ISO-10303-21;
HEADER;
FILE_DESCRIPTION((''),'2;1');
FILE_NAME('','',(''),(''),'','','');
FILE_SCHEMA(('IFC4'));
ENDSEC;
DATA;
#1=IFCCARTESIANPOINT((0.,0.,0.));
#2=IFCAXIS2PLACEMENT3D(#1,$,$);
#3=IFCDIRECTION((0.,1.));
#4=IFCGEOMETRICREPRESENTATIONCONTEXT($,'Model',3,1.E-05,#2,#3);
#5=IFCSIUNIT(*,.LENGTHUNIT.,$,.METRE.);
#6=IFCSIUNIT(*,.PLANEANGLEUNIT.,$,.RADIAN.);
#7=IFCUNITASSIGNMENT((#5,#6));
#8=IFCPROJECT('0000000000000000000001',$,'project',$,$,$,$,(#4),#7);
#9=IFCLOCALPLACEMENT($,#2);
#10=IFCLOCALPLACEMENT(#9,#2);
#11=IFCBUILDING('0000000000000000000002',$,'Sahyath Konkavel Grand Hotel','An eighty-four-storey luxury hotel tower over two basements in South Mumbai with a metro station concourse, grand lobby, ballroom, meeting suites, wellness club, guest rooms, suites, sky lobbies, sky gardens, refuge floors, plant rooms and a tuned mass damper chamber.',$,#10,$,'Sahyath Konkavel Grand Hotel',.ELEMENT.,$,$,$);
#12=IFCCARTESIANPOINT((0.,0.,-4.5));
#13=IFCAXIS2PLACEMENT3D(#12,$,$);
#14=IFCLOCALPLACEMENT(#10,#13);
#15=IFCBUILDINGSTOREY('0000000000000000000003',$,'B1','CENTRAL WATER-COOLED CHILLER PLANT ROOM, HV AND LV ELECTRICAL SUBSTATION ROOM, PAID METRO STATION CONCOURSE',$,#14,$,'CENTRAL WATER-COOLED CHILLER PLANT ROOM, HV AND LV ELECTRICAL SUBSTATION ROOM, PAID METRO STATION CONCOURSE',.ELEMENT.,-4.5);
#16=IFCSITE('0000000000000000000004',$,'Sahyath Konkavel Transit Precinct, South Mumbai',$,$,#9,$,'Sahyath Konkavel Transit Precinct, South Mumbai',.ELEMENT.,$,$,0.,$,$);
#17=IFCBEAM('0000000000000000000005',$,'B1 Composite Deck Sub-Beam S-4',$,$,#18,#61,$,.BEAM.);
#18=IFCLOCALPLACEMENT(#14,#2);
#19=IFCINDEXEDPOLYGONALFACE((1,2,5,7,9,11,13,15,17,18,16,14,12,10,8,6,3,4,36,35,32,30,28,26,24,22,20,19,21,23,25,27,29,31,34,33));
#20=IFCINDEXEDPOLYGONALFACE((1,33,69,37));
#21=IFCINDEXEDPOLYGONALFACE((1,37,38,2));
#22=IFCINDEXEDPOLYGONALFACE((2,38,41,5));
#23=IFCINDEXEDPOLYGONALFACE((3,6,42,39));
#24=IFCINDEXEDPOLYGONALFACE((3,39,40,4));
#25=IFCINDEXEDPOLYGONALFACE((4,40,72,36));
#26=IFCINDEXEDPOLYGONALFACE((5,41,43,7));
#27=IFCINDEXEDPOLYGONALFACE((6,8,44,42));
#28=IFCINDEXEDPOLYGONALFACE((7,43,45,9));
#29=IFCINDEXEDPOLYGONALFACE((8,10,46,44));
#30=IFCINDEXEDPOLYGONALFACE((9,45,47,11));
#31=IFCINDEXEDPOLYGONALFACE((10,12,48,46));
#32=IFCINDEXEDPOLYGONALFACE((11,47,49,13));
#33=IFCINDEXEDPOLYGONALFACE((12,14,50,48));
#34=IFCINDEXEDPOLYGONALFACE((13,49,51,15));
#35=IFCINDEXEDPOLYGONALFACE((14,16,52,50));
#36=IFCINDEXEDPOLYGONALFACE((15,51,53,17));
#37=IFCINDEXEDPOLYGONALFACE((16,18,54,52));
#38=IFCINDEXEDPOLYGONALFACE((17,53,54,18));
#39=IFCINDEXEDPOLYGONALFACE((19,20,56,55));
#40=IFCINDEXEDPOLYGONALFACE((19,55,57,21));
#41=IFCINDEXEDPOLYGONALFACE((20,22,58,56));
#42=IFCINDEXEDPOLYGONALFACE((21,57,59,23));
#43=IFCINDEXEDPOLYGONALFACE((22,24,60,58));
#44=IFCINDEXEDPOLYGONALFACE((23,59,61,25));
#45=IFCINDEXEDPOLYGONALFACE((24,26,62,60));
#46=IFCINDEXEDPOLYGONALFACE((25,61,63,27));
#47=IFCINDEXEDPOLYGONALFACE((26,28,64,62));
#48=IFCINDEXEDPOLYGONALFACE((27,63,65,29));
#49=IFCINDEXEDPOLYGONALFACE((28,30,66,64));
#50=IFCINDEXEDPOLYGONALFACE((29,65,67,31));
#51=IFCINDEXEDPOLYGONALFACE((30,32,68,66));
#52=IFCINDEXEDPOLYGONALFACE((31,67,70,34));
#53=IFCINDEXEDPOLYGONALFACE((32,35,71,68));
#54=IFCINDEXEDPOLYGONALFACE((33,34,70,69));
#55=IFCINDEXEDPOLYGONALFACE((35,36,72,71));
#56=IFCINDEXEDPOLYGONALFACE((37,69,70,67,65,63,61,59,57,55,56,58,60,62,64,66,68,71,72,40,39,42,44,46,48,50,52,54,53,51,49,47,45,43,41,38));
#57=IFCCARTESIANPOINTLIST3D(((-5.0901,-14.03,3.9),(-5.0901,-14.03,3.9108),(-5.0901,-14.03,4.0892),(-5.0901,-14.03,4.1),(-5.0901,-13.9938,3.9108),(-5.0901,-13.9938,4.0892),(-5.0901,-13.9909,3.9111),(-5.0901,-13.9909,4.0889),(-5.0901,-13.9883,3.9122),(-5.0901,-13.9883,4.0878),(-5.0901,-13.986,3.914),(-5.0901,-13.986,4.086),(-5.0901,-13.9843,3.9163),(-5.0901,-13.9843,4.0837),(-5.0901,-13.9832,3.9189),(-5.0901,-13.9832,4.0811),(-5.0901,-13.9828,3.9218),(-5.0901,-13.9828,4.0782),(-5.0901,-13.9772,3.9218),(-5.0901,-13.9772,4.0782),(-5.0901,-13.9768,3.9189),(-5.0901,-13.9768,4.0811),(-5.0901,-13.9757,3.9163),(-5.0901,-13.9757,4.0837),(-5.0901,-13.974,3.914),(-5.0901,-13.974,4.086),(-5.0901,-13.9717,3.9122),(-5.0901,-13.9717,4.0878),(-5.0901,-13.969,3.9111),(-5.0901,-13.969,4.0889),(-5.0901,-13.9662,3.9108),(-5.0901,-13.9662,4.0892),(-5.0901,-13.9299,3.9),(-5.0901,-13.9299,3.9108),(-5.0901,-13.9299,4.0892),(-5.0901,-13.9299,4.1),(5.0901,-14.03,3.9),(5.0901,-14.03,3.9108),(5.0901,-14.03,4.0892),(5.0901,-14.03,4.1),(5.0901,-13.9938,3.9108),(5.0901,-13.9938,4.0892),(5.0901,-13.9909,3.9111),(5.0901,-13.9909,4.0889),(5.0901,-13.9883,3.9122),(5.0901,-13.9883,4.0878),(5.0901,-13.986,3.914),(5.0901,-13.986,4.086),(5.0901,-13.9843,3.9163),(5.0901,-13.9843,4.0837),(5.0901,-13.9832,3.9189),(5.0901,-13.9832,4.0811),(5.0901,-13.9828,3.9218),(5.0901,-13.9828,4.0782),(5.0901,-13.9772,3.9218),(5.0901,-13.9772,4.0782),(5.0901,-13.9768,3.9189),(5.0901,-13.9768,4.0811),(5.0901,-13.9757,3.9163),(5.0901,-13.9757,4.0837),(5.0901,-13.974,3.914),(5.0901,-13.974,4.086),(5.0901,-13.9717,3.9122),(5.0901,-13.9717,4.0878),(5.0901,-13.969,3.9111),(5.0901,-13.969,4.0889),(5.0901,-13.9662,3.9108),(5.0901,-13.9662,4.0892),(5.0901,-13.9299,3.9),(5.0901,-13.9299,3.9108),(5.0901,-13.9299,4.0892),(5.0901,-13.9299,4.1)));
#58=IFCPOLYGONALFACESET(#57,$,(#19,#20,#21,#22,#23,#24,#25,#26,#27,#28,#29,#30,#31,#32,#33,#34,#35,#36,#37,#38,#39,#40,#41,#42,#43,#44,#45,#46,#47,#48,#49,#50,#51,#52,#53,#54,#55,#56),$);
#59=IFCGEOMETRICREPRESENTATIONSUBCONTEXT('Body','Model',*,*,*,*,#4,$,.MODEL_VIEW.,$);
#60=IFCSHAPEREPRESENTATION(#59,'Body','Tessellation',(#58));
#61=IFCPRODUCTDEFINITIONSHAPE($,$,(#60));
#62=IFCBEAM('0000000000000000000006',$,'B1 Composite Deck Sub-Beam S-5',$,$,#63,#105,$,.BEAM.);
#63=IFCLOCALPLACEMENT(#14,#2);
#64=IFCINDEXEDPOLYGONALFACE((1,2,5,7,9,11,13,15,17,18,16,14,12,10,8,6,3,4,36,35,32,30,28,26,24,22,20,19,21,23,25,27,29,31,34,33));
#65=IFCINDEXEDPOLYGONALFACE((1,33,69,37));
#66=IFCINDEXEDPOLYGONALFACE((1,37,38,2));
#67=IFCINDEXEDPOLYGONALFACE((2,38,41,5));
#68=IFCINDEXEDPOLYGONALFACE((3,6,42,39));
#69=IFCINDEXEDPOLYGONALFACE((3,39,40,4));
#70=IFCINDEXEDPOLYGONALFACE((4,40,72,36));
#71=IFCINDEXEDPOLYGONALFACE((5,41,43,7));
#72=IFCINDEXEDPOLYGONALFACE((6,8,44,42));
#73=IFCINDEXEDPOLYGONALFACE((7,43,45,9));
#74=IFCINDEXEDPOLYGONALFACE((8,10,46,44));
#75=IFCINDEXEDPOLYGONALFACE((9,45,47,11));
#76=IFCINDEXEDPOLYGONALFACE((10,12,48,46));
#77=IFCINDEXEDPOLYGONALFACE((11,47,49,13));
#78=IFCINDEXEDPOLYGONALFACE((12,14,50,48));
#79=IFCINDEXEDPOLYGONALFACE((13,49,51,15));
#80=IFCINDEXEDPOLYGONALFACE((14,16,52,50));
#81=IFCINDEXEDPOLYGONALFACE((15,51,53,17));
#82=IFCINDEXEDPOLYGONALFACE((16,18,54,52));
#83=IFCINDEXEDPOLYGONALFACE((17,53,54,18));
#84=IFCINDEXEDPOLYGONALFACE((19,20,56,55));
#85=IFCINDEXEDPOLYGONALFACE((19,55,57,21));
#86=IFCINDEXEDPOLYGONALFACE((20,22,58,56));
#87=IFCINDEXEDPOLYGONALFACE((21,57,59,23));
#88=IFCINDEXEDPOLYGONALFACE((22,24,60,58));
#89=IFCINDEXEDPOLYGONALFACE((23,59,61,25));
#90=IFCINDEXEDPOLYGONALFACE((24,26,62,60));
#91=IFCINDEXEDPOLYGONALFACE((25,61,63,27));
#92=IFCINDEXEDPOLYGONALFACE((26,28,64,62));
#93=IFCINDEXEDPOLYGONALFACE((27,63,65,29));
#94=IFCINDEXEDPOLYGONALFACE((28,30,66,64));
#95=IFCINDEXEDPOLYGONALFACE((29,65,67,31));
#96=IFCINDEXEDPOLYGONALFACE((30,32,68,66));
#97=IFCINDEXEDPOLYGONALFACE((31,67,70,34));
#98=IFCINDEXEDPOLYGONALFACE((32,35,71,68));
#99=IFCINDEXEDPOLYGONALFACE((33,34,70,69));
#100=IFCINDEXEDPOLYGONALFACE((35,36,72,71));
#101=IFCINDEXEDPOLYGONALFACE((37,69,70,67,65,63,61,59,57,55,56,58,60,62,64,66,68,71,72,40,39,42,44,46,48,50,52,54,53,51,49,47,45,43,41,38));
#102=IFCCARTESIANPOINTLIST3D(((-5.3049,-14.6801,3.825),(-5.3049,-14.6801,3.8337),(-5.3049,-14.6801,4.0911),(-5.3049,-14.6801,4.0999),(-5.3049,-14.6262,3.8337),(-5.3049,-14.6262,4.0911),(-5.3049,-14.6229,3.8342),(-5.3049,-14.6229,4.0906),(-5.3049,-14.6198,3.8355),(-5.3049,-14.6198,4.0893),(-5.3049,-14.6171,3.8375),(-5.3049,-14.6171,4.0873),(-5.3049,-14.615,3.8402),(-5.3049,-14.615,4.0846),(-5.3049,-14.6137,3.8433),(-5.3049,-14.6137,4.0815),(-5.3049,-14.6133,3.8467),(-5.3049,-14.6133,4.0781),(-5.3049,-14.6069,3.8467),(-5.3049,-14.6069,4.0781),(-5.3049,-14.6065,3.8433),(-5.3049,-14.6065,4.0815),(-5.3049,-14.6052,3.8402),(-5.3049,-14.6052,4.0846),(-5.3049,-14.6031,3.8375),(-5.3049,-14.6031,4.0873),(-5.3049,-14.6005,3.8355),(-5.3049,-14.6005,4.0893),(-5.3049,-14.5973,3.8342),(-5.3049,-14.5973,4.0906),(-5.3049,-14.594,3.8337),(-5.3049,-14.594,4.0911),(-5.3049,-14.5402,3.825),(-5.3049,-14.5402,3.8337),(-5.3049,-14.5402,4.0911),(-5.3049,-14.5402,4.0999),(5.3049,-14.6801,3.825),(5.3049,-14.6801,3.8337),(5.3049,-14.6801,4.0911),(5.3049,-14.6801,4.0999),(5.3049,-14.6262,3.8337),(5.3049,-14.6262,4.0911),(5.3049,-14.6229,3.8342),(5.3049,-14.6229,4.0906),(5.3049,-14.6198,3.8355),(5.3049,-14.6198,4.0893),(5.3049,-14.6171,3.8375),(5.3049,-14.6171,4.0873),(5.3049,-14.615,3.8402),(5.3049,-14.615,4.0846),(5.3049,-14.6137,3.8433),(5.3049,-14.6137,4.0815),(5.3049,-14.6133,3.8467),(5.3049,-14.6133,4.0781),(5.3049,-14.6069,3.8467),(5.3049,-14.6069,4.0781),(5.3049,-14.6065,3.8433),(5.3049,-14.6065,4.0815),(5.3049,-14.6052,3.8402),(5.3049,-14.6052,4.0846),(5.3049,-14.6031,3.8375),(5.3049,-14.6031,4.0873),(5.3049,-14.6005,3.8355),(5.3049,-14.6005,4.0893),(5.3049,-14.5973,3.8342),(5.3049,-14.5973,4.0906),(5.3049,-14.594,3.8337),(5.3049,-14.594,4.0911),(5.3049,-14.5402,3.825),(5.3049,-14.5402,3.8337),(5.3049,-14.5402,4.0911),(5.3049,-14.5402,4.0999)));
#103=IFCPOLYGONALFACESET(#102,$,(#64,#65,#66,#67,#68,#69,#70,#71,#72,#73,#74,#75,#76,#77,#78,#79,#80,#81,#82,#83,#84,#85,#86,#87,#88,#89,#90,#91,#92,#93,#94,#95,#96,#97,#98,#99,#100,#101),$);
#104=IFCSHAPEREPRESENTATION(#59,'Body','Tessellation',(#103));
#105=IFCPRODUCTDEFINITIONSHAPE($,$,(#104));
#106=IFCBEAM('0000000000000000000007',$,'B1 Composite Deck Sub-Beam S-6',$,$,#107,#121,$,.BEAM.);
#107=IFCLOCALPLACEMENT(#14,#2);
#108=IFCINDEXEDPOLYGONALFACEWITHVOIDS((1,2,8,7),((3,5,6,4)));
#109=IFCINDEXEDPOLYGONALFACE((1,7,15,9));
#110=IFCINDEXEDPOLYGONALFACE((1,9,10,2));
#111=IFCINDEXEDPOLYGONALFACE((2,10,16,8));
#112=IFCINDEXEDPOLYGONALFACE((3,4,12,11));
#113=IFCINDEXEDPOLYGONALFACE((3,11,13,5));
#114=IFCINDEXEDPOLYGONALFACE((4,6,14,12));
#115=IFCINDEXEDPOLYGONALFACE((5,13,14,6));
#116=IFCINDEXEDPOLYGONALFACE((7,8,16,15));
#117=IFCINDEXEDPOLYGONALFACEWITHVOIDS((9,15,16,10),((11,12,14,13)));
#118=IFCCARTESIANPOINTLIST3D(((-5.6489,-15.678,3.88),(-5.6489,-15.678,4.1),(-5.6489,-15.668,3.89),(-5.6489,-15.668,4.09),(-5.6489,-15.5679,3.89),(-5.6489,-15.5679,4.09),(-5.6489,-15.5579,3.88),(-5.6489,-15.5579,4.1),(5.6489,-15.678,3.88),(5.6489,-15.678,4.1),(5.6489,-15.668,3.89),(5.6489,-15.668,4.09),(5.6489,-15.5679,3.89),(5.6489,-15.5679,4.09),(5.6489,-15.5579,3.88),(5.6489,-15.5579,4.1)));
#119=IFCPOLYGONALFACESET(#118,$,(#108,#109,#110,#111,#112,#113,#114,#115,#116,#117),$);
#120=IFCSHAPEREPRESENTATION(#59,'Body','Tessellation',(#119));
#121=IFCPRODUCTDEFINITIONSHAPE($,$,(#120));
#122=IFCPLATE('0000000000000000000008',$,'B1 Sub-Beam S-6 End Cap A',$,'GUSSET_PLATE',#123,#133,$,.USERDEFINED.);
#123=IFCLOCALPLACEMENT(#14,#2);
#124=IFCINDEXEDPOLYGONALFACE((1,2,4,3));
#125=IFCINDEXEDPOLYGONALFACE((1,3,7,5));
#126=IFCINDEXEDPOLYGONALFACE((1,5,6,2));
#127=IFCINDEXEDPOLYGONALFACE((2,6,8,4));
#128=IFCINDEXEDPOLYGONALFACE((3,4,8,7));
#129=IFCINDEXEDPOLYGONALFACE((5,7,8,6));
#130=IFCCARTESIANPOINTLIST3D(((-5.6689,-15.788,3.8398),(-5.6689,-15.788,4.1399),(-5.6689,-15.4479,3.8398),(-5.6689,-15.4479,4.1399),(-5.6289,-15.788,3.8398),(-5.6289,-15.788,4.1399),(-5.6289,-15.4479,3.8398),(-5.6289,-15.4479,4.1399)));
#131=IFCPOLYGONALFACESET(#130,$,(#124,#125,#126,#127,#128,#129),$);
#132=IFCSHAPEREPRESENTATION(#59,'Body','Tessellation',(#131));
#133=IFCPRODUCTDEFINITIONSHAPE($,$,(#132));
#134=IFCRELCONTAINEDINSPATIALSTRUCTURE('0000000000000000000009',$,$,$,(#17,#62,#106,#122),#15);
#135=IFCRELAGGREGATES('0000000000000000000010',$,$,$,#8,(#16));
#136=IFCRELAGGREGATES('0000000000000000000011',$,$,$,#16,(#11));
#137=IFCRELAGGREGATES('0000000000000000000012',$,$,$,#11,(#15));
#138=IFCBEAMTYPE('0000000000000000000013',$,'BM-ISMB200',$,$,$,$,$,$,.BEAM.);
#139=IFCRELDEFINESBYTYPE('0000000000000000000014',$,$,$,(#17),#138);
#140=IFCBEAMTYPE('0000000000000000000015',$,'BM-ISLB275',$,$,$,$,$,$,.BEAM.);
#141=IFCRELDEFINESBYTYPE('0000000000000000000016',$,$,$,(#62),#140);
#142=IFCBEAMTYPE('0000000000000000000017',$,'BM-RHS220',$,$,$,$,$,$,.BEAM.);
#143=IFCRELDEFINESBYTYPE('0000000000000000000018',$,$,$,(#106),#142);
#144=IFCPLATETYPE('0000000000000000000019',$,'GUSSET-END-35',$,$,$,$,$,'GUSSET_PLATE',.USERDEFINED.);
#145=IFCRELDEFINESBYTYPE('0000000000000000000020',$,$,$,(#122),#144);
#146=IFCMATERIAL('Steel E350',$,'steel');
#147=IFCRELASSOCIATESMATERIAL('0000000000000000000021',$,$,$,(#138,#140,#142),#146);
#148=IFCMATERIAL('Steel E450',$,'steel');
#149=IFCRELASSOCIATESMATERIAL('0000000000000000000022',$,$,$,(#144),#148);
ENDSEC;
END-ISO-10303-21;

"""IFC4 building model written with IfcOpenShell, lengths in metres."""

from ifc_helpers import new_model, si_unit, direction, frame, origin, origin_2d, place, context, subcontext, project, spatial, rectangle, hollow_rectangle, i_section, extrude, source, transform, mapped, material, material_profile, profile_set, type_object, element, save


model = new_model("IFC4")

# Units and contexts
model_context = context("Model", 3, precision=1e-05, world=origin(), true_north=direction((0.0, 1.0)))
body_context = subcontext(model_context, "Body", "Model", "MODEL_VIEW")
ifc_project = project(units=[si_unit("LENGTHUNIT", "METRE"), si_unit("PLANEANGLEUNIT", "RADIAN")], contexts=[model_context])

# Site, building, storey
site_placement = place(None, origin())
site = spatial("IfcSite", under=ifc_project, at=site_placement, Name="Sahyath Konkavel Transit Precinct, South Mumbai", LongName="Sahyath Konkavel Transit Precinct, South Mumbai", CompositionType="ELEMENT", RefElevation=0.0)
building_placement = place(site_placement, origin())
building = spatial("IfcBuilding", under=site, at=building_placement, Name="Sahyath Konkavel Grand Hotel", Description="An eighty-four-storey luxury hotel tower over two basements in South Mumbai with a metro station concourse, grand lobby, ballroom, meeting suites, wellness club, guest rooms, suites, sky lobbies, sky gardens, refuge floors, plant rooms and a tuned mass damper chamber.", LongName="Sahyath Konkavel Grand Hotel", CompositionType="ELEMENT")
storey_placement = place(building_placement, frame((0.0, 0.0, -4.5)))
storey = spatial("IfcBuildingStorey", under=building, at=storey_placement, Name="B1", Description="CENTRAL WATER-COOLED CHILLER PLANT ROOM, HV AND LV ELECTRICAL SUBSTATION ROOM, PAID METRO STATION CONCOURSE", LongName="CENTRAL WATER-COOLED CHILLER PLANT ROOM, HV AND LV ELECTRICAL SUBSTATION ROOM, PAID METRO STATION CONCOURSE", CompositionType="ELEMENT", Elevation=-4.5)

# Shared definitions
ifc_material_1 = material(Name="Steel E450", Category="steel")

# Beams
ifc_material_2 = material(Name="Steel E350", Category="steel")
ifc_material_profile_1 = material_profile(ifc_material_2, i_section(OverallWidth=0.1001, OverallDepth=0.2, WebThickness=0.0056, FlangeThickness=0.0107, FilletRadius=0.011, at=origin_2d()), Name="ISMB 200")
ifc_profile_set_1 = profile_set([ifc_material_profile_1], Name="Steel E350")
beam_type_1 = type_object("IfcBeamType", Name="BM-ISMB200", PredefinedType="BEAM", material=ifc_profile_set_1)
shared_shape_1 = source(origin(), body_context, "Body", "SweptSolid", [
    extrude(i_section(OverallWidth=0.1001, OverallDepth=0.2, WebThickness=0.0056, FlangeThickness=0.0107, FilletRadius=0.011, at=origin_2d()), origin(), (0.0, 0.0, 1.0), 10.1802),
])
beam_1_placement = place(storey_placement, frame((-5.0901, -13.98, 4.0), z_axis=(1.0, 0.0, 0.0), x_axis=(0.0, 1.0, 0.0)))
element("IfcBeam", 1, at=beam_1_placement, inside=storey, type_object=beam_type_1, Name="B1 Composite Deck Sub-Beam S-4", PredefinedType="BEAM", context=body_context, shape_type="MappedRepresentation", body=[
    mapped(shared_shape_1, transform((0.0, 0.0, 0.0), scale=1.0)),
])
ifc_material_profile_2 = material_profile(ifc_material_2, i_section(OverallWidth=0.1399, OverallDepth=0.2749, WebThickness=0.0063, FlangeThickness=0.0088, FilletRadius=0.0129, at=origin_2d()), Name="ISLB 275")
ifc_profile_set_2 = profile_set([ifc_material_profile_2], Name="Steel E350")
beam_type_2 = type_object("IfcBeamType", Name="BM-ISLB275", PredefinedType="BEAM", material=ifc_profile_set_2)
shared_shape_2 = source(origin(), body_context, "Body", "SweptSolid", [
    extrude(i_section(OverallWidth=0.1399, OverallDepth=0.2749, WebThickness=0.0063, FlangeThickness=0.0088, FilletRadius=0.0129, at=origin_2d()), origin(), (0.0, 0.0, 1.0), 10.6099),
])
beam_2_placement = place(storey_placement, frame((-5.3049, -14.6101, 3.9624), z_axis=(1.0, 0.0, 0.0), x_axis=(0.0, 1.0, 0.0)))
element("IfcBeam", 2, at=beam_2_placement, inside=storey, type_object=beam_type_2, Name="B1 Composite Deck Sub-Beam S-5", PredefinedType="BEAM", context=body_context, shape_type="MappedRepresentation", body=[
    mapped(shared_shape_2, transform((0.0, 0.0, 0.0), scale=1.0)),
])
ifc_material_profile_3 = material_profile(ifc_material_2, hollow_rectangle(XDim=0.1201, YDim=0.22, WallThickness=0.01, at=origin_2d()), Name="RHS 220x120x10")
ifc_profile_set_3 = profile_set([ifc_material_profile_3], Name="Steel E350")
beam_type_3 = type_object("IfcBeamType", Name="BM-RHS220", PredefinedType="BEAM", material=ifc_profile_set_3)
shared_shape_3 = source(origin(), body_context, "Body", "SweptSolid", [
    extrude(hollow_rectangle(XDim=0.1201, YDim=0.22, WallThickness=0.01, at=origin_2d()), origin(), (0.0, 0.0, 1.0), 11.2979),
])
beam_3_placement = place(storey_placement, frame((-5.6489, -15.6179, 3.99), z_axis=(1.0, 0.0, 0.0), x_axis=(0.0, 1.0, 0.0)))
element("IfcBeam", 3, at=beam_3_placement, inside=storey, type_object=beam_type_3, Name="B1 Composite Deck Sub-Beam S-6", PredefinedType="BEAM", context=body_context, shape_type="MappedRepresentation", body=[
    mapped(shared_shape_3, transform((0.0, 0.0, 0.0), scale=1.0)),
])

# Plate
plate_type = type_object("IfcPlateType", Name="GUSSET-END-35", ElementType="GUSSET_PLATE", PredefinedType="USERDEFINED", material=ifc_material_1)
shared_shape_4 = source(origin(), body_context, "Body", "SweptSolid", [
    extrude(rectangle(XDim=0.04, YDim=0.3401, at=origin_2d()), origin(), (0.0, 0.0, 1.0), 0.3),
])
plate_placement = place(storey_placement, frame((-5.6489, -15.6179, 3.8398), z_axis=(0.0, 0.0, 1.0), x_axis=(1.0, 0.0, 0.0)))
element("IfcPlate", 4, at=plate_placement, inside=storey, type_object=plate_type, Name="B1 Sub-Beam S-6 End Cap A", ObjectType="GUSSET_PLATE", PredefinedType="USERDEFINED", context=body_context, shape_type="MappedRepresentation", body=[
    mapped(shared_shape_4, transform((0.0, 0.0, 0.0), scale=1.0)),
])

save(model, "model.ifc")
